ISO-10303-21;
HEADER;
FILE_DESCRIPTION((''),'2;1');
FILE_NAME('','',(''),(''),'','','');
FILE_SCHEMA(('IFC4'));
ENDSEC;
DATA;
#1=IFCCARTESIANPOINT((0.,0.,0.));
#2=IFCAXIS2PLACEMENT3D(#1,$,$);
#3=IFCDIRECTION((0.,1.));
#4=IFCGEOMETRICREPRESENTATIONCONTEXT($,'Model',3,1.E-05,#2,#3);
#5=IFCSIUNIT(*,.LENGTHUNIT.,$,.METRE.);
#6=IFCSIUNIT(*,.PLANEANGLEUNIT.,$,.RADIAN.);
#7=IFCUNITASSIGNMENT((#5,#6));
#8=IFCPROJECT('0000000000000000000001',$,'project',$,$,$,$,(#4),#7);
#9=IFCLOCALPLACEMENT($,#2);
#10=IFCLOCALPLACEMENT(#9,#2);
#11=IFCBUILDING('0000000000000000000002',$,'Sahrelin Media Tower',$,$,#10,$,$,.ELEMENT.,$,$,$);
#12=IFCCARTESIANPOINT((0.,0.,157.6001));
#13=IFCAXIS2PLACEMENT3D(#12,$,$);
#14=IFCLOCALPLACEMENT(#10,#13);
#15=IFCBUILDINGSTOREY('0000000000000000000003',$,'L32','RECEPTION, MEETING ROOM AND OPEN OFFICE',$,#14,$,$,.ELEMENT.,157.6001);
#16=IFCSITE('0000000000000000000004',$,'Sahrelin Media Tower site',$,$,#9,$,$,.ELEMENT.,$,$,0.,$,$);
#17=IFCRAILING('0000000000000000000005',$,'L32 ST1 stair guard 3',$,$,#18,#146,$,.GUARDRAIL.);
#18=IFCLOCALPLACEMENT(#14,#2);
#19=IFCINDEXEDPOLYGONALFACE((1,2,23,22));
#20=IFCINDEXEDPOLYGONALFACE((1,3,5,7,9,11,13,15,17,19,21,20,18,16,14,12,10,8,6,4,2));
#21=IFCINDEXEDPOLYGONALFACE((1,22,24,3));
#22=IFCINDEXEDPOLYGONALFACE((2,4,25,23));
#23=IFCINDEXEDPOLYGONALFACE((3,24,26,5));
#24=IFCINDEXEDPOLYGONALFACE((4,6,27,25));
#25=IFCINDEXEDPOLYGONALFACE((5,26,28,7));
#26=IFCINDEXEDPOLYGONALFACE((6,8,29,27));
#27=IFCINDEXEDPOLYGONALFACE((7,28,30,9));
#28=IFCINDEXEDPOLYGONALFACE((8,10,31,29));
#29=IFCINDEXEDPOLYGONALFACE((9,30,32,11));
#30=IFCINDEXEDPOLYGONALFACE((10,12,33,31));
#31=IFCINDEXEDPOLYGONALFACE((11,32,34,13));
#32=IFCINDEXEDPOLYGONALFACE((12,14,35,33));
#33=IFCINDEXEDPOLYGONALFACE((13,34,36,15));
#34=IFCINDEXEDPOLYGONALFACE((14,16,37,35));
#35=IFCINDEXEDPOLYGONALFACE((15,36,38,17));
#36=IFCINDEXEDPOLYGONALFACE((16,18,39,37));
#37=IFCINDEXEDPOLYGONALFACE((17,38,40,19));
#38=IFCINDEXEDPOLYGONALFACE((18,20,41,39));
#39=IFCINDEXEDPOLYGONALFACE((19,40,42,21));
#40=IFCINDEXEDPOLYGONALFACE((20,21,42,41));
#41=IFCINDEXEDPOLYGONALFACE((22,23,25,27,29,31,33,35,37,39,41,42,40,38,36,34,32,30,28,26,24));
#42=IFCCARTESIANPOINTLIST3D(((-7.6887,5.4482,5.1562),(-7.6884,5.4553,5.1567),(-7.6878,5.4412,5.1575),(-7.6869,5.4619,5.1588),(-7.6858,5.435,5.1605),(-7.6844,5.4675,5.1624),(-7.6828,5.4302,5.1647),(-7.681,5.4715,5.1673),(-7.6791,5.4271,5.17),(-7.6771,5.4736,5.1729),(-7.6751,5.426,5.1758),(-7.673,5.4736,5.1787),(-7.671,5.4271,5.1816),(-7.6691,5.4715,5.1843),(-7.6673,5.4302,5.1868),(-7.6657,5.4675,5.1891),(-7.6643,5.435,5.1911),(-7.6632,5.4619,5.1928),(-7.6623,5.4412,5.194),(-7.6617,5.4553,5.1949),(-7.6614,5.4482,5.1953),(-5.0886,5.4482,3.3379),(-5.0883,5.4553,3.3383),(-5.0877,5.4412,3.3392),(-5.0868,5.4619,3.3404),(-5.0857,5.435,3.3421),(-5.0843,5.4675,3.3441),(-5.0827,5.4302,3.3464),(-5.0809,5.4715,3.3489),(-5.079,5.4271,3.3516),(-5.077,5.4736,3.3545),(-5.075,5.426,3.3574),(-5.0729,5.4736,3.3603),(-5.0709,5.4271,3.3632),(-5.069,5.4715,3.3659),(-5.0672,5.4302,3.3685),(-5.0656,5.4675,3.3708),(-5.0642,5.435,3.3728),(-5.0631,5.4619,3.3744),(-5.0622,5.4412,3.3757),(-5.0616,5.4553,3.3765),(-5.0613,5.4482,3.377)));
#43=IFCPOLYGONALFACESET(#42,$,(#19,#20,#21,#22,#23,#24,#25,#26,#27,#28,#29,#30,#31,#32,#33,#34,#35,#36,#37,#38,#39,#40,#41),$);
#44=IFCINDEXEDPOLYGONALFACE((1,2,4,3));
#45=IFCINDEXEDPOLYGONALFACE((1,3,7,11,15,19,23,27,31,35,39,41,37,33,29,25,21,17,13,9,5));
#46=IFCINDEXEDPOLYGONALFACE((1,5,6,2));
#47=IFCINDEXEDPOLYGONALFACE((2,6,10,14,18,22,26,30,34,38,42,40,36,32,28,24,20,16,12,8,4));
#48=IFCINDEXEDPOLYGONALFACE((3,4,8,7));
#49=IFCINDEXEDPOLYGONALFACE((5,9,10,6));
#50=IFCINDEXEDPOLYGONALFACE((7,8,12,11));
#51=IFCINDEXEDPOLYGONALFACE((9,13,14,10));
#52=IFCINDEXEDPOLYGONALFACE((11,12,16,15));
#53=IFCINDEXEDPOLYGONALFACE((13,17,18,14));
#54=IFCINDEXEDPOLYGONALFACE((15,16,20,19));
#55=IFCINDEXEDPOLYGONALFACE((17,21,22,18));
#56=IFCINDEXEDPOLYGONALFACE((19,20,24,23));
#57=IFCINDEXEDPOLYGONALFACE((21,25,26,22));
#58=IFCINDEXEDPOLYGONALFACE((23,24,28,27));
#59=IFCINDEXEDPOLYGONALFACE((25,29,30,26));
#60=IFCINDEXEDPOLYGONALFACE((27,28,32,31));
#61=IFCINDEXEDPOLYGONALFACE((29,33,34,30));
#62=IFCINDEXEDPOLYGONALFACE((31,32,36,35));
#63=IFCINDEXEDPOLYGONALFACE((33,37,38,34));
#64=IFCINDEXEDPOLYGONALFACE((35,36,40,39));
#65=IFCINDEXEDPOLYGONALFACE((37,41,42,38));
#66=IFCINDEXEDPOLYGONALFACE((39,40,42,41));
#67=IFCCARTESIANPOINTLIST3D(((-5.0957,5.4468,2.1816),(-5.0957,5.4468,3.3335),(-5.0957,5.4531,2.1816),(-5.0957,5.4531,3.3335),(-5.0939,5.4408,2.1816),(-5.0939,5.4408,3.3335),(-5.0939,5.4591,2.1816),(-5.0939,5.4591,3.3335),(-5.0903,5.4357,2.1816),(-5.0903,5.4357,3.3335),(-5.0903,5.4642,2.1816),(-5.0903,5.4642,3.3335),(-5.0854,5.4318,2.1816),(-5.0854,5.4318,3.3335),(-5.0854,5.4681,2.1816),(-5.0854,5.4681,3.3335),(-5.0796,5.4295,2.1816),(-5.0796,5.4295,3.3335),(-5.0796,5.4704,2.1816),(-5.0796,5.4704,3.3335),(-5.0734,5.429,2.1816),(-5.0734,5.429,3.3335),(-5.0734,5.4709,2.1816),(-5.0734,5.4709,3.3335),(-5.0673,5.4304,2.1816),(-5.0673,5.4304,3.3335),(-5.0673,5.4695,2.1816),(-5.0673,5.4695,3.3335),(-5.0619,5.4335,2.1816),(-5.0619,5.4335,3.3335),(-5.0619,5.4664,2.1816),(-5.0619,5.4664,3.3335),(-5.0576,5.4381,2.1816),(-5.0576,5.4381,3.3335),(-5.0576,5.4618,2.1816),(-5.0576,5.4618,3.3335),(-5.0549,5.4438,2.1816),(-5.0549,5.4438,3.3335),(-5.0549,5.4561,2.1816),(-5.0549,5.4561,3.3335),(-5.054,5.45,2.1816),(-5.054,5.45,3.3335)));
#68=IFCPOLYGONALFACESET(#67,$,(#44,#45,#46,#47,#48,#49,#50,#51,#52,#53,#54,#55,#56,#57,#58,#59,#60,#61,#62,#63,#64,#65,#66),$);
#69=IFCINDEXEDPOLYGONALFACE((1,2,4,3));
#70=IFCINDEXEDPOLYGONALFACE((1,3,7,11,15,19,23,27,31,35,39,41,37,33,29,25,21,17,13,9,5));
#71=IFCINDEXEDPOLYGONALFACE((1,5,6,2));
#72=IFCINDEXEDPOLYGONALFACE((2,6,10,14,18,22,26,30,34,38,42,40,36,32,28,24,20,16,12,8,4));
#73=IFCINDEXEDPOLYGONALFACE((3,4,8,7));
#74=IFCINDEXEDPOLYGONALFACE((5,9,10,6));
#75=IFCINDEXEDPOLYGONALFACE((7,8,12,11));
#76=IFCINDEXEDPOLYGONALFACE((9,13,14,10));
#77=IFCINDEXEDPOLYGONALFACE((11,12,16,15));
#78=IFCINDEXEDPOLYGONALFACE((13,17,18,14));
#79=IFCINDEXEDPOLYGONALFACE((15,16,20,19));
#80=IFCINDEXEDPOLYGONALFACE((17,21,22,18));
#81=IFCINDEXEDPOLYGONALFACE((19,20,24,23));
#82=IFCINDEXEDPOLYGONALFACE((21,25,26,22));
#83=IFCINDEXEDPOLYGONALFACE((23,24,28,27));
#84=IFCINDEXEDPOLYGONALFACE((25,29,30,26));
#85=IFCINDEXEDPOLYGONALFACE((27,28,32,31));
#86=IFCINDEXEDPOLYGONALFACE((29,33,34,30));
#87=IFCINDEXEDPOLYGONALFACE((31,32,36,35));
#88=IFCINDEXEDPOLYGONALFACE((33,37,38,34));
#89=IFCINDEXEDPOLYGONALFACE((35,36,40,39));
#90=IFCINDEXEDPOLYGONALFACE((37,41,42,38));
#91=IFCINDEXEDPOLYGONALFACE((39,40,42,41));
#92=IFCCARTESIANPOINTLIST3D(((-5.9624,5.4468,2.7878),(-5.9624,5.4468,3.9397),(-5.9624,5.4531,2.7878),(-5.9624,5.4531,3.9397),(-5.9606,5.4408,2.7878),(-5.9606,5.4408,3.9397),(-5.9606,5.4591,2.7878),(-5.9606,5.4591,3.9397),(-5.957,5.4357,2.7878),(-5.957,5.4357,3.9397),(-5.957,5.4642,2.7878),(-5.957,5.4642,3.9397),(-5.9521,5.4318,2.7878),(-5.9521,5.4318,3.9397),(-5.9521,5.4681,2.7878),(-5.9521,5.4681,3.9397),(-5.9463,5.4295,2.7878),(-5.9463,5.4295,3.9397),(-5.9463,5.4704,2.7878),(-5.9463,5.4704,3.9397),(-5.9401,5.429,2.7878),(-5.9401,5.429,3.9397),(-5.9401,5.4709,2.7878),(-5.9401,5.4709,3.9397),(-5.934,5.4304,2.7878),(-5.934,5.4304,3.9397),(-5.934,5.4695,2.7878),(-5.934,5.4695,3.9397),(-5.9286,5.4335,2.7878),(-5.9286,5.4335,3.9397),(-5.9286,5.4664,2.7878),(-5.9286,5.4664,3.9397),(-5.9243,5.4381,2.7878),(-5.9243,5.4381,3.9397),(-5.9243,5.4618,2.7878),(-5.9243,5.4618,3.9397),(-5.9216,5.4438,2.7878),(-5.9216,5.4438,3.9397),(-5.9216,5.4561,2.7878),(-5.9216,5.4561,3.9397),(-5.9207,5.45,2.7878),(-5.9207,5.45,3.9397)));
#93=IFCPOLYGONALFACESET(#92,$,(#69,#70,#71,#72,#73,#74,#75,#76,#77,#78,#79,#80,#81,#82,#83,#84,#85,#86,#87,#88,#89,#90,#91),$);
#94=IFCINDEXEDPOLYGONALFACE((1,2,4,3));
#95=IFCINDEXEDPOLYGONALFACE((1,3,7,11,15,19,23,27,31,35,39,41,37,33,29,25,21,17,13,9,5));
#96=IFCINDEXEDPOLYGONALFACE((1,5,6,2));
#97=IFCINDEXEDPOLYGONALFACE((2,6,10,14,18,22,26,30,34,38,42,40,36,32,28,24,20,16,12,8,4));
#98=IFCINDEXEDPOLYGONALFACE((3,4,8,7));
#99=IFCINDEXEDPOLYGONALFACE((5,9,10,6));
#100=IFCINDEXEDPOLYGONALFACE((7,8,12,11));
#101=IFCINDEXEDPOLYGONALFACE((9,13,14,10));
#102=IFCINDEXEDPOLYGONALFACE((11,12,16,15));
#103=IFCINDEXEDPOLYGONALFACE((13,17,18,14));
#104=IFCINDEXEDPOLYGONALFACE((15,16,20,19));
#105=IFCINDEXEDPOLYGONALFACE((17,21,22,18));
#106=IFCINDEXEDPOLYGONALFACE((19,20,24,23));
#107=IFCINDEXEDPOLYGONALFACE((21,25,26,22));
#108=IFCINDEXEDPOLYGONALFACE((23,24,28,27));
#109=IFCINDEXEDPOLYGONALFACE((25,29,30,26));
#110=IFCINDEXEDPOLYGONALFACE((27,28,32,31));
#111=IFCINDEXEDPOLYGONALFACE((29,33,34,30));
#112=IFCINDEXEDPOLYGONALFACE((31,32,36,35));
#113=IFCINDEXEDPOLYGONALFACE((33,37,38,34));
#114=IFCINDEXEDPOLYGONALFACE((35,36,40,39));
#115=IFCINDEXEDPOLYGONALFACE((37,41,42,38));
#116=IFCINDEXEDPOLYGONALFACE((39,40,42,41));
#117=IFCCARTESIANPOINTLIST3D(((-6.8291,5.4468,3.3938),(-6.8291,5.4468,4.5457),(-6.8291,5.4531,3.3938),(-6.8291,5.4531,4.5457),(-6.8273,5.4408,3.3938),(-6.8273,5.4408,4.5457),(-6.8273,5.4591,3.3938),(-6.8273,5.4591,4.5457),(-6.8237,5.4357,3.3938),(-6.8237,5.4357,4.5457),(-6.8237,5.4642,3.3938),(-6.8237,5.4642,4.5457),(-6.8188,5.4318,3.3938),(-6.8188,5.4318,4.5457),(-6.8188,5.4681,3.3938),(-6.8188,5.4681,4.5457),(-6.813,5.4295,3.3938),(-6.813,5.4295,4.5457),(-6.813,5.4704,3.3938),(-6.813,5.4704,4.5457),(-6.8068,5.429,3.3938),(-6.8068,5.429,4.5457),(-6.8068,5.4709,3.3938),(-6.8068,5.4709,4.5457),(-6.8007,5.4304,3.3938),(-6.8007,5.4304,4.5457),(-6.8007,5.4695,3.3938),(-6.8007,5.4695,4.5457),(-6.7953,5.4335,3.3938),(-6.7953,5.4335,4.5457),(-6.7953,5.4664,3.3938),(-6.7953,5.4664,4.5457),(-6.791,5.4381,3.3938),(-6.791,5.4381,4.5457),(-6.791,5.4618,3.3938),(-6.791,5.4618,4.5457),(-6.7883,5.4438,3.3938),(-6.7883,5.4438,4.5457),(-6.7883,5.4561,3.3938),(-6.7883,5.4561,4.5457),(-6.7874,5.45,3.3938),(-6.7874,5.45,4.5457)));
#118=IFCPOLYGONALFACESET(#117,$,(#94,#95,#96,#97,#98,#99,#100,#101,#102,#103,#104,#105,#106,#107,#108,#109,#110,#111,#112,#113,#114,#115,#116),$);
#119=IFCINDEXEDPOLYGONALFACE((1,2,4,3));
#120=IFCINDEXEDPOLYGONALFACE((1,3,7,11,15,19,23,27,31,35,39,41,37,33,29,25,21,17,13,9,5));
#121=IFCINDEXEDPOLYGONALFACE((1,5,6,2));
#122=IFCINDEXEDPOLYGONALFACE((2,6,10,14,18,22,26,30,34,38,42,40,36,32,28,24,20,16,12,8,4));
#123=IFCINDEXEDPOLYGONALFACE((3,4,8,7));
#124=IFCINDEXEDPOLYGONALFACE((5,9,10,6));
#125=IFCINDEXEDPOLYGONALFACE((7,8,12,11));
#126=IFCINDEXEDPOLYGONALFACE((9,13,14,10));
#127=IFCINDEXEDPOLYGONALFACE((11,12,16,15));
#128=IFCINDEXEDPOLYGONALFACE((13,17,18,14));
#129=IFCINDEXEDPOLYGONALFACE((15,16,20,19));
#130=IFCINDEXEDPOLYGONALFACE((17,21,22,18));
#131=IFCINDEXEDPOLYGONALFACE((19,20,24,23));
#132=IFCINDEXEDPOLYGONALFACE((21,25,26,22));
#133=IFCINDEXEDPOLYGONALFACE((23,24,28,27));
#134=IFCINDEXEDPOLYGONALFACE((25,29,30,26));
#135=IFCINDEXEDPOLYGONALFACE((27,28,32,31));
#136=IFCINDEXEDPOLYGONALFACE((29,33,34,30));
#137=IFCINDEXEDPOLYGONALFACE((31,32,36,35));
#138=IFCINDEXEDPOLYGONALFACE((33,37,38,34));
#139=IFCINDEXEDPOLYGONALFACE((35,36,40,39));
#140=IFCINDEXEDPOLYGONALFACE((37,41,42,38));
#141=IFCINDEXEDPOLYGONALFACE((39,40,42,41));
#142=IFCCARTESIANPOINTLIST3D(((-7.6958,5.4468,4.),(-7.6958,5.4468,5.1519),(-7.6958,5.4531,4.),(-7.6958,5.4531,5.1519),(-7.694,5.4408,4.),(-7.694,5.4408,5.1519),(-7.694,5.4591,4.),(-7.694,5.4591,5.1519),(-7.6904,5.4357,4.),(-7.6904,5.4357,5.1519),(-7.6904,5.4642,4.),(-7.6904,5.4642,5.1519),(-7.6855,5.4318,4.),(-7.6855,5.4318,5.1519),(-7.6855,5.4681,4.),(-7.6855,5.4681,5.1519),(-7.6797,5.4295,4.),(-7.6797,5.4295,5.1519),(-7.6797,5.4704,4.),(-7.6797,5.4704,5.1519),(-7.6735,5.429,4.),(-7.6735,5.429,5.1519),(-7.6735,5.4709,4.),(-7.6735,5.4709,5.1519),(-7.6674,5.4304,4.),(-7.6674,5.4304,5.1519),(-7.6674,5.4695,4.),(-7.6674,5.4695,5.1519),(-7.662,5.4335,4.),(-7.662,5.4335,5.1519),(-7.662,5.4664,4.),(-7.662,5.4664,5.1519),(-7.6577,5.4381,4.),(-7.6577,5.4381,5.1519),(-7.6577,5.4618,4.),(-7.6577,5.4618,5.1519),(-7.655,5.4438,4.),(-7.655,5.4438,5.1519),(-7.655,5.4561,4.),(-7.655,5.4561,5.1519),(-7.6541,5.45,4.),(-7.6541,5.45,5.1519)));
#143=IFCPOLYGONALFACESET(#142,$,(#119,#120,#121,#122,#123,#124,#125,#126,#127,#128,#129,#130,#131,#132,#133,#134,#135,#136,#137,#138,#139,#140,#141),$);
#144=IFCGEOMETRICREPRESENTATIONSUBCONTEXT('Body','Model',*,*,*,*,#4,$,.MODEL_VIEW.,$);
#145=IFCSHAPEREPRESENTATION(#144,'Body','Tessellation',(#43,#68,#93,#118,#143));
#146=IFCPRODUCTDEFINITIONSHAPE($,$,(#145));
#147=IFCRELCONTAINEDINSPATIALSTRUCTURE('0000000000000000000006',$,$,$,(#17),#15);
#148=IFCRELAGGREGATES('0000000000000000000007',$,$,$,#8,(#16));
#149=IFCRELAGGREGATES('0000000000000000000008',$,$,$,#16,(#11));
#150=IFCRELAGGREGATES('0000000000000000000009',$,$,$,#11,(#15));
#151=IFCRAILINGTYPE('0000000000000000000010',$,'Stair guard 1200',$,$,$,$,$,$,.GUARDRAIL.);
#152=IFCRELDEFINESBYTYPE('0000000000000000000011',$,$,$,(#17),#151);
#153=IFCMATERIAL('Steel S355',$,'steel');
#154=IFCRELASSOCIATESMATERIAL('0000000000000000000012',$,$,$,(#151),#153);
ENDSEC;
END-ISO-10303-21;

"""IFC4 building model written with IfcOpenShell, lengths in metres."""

from ifc_helpers import new_model, si_unit, direction, frame, origin, origin_2d, place, context, subcontext, project, spatial, circle, extrude, material, type_object, element, save


model = new_model("IFC4")

# Units and contexts
model_context = context("Model", 3, precision=1e-05, world=origin(), true_north=direction((0.0, 1.0)))
body_context = subcontext(model_context, "Body", "Model", "MODEL_VIEW")
ifc_project = project(units=[si_unit("LENGTHUNIT", "METRE"), si_unit("PLANEANGLEUNIT", "RADIAN")], contexts=[model_context])

# Site, building, storey
site_placement = place(None, origin())
site = spatial("IfcSite", under=ifc_project, at=site_placement, Name="Sahrelin Media Tower site", CompositionType="ELEMENT", RefElevation=0.0)
building_placement = place(site_placement, origin())
building = spatial("IfcBuilding", under=site, at=building_placement, Name="Sahrelin Media Tower", CompositionType="ELEMENT")
storey_placement = place(building_placement, frame((0.0, 0.0, 157.6001)))
storey = spatial("IfcBuildingStorey", under=building, at=storey_placement, Name="L32", Description="RECEPTION, MEETING ROOM AND OPEN OFFICE", CompositionType="ELEMENT", Elevation=157.6001)

# Shared definitions
ifc_material_1 = material(Name="Steel S355", Category="steel")

# Railing
railing_type_1 = type_object("IfcRailingType", Name="Stair guard 1200", PredefinedType="GUARDRAIL", material=ifc_material_1)
railing_1_placement = place(storey_placement, frame((-5.075, 5.45, 2.1816)))
element("IfcRailing", 1, at=railing_1_placement, inside=storey, type_object=railing_type_1, Name="L32 ST1 stair guard 3", PredefinedType="GUARDRAIL", context=body_context, shape_type="SweptSolid", body=[
    extrude(circle(Radius=0.0239, at=origin_2d()), frame((0.0, 0.0, 1.1758), z_axis=(-0.819485, 0.0, 0.573101), x_axis=(0.0, -1.0, 0.0)), (0.0, 0.0, 1.0), 3.1729),
    extrude(circle(Radius=0.021, at=origin_2d()), origin(), (0.0, 0.0, 1.0), 1.1519),
    extrude(circle(Radius=0.021, at=origin_2d()), frame((-0.8667, 0.0, 0.6062)), (0.0, 0.0, 1.0), 1.1519),
    extrude(circle(Radius=0.021, at=origin_2d()), frame((-1.7334, 0.0, 1.2122)), (0.0, 0.0, 1.0), 1.1519),
    extrude(circle(Radius=0.021, at=origin_2d()), frame((-2.6001, 0.0, 1.8184)), (0.0, 0.0, 1.0), 1.1519),
])

save(model, "model.ifc")
